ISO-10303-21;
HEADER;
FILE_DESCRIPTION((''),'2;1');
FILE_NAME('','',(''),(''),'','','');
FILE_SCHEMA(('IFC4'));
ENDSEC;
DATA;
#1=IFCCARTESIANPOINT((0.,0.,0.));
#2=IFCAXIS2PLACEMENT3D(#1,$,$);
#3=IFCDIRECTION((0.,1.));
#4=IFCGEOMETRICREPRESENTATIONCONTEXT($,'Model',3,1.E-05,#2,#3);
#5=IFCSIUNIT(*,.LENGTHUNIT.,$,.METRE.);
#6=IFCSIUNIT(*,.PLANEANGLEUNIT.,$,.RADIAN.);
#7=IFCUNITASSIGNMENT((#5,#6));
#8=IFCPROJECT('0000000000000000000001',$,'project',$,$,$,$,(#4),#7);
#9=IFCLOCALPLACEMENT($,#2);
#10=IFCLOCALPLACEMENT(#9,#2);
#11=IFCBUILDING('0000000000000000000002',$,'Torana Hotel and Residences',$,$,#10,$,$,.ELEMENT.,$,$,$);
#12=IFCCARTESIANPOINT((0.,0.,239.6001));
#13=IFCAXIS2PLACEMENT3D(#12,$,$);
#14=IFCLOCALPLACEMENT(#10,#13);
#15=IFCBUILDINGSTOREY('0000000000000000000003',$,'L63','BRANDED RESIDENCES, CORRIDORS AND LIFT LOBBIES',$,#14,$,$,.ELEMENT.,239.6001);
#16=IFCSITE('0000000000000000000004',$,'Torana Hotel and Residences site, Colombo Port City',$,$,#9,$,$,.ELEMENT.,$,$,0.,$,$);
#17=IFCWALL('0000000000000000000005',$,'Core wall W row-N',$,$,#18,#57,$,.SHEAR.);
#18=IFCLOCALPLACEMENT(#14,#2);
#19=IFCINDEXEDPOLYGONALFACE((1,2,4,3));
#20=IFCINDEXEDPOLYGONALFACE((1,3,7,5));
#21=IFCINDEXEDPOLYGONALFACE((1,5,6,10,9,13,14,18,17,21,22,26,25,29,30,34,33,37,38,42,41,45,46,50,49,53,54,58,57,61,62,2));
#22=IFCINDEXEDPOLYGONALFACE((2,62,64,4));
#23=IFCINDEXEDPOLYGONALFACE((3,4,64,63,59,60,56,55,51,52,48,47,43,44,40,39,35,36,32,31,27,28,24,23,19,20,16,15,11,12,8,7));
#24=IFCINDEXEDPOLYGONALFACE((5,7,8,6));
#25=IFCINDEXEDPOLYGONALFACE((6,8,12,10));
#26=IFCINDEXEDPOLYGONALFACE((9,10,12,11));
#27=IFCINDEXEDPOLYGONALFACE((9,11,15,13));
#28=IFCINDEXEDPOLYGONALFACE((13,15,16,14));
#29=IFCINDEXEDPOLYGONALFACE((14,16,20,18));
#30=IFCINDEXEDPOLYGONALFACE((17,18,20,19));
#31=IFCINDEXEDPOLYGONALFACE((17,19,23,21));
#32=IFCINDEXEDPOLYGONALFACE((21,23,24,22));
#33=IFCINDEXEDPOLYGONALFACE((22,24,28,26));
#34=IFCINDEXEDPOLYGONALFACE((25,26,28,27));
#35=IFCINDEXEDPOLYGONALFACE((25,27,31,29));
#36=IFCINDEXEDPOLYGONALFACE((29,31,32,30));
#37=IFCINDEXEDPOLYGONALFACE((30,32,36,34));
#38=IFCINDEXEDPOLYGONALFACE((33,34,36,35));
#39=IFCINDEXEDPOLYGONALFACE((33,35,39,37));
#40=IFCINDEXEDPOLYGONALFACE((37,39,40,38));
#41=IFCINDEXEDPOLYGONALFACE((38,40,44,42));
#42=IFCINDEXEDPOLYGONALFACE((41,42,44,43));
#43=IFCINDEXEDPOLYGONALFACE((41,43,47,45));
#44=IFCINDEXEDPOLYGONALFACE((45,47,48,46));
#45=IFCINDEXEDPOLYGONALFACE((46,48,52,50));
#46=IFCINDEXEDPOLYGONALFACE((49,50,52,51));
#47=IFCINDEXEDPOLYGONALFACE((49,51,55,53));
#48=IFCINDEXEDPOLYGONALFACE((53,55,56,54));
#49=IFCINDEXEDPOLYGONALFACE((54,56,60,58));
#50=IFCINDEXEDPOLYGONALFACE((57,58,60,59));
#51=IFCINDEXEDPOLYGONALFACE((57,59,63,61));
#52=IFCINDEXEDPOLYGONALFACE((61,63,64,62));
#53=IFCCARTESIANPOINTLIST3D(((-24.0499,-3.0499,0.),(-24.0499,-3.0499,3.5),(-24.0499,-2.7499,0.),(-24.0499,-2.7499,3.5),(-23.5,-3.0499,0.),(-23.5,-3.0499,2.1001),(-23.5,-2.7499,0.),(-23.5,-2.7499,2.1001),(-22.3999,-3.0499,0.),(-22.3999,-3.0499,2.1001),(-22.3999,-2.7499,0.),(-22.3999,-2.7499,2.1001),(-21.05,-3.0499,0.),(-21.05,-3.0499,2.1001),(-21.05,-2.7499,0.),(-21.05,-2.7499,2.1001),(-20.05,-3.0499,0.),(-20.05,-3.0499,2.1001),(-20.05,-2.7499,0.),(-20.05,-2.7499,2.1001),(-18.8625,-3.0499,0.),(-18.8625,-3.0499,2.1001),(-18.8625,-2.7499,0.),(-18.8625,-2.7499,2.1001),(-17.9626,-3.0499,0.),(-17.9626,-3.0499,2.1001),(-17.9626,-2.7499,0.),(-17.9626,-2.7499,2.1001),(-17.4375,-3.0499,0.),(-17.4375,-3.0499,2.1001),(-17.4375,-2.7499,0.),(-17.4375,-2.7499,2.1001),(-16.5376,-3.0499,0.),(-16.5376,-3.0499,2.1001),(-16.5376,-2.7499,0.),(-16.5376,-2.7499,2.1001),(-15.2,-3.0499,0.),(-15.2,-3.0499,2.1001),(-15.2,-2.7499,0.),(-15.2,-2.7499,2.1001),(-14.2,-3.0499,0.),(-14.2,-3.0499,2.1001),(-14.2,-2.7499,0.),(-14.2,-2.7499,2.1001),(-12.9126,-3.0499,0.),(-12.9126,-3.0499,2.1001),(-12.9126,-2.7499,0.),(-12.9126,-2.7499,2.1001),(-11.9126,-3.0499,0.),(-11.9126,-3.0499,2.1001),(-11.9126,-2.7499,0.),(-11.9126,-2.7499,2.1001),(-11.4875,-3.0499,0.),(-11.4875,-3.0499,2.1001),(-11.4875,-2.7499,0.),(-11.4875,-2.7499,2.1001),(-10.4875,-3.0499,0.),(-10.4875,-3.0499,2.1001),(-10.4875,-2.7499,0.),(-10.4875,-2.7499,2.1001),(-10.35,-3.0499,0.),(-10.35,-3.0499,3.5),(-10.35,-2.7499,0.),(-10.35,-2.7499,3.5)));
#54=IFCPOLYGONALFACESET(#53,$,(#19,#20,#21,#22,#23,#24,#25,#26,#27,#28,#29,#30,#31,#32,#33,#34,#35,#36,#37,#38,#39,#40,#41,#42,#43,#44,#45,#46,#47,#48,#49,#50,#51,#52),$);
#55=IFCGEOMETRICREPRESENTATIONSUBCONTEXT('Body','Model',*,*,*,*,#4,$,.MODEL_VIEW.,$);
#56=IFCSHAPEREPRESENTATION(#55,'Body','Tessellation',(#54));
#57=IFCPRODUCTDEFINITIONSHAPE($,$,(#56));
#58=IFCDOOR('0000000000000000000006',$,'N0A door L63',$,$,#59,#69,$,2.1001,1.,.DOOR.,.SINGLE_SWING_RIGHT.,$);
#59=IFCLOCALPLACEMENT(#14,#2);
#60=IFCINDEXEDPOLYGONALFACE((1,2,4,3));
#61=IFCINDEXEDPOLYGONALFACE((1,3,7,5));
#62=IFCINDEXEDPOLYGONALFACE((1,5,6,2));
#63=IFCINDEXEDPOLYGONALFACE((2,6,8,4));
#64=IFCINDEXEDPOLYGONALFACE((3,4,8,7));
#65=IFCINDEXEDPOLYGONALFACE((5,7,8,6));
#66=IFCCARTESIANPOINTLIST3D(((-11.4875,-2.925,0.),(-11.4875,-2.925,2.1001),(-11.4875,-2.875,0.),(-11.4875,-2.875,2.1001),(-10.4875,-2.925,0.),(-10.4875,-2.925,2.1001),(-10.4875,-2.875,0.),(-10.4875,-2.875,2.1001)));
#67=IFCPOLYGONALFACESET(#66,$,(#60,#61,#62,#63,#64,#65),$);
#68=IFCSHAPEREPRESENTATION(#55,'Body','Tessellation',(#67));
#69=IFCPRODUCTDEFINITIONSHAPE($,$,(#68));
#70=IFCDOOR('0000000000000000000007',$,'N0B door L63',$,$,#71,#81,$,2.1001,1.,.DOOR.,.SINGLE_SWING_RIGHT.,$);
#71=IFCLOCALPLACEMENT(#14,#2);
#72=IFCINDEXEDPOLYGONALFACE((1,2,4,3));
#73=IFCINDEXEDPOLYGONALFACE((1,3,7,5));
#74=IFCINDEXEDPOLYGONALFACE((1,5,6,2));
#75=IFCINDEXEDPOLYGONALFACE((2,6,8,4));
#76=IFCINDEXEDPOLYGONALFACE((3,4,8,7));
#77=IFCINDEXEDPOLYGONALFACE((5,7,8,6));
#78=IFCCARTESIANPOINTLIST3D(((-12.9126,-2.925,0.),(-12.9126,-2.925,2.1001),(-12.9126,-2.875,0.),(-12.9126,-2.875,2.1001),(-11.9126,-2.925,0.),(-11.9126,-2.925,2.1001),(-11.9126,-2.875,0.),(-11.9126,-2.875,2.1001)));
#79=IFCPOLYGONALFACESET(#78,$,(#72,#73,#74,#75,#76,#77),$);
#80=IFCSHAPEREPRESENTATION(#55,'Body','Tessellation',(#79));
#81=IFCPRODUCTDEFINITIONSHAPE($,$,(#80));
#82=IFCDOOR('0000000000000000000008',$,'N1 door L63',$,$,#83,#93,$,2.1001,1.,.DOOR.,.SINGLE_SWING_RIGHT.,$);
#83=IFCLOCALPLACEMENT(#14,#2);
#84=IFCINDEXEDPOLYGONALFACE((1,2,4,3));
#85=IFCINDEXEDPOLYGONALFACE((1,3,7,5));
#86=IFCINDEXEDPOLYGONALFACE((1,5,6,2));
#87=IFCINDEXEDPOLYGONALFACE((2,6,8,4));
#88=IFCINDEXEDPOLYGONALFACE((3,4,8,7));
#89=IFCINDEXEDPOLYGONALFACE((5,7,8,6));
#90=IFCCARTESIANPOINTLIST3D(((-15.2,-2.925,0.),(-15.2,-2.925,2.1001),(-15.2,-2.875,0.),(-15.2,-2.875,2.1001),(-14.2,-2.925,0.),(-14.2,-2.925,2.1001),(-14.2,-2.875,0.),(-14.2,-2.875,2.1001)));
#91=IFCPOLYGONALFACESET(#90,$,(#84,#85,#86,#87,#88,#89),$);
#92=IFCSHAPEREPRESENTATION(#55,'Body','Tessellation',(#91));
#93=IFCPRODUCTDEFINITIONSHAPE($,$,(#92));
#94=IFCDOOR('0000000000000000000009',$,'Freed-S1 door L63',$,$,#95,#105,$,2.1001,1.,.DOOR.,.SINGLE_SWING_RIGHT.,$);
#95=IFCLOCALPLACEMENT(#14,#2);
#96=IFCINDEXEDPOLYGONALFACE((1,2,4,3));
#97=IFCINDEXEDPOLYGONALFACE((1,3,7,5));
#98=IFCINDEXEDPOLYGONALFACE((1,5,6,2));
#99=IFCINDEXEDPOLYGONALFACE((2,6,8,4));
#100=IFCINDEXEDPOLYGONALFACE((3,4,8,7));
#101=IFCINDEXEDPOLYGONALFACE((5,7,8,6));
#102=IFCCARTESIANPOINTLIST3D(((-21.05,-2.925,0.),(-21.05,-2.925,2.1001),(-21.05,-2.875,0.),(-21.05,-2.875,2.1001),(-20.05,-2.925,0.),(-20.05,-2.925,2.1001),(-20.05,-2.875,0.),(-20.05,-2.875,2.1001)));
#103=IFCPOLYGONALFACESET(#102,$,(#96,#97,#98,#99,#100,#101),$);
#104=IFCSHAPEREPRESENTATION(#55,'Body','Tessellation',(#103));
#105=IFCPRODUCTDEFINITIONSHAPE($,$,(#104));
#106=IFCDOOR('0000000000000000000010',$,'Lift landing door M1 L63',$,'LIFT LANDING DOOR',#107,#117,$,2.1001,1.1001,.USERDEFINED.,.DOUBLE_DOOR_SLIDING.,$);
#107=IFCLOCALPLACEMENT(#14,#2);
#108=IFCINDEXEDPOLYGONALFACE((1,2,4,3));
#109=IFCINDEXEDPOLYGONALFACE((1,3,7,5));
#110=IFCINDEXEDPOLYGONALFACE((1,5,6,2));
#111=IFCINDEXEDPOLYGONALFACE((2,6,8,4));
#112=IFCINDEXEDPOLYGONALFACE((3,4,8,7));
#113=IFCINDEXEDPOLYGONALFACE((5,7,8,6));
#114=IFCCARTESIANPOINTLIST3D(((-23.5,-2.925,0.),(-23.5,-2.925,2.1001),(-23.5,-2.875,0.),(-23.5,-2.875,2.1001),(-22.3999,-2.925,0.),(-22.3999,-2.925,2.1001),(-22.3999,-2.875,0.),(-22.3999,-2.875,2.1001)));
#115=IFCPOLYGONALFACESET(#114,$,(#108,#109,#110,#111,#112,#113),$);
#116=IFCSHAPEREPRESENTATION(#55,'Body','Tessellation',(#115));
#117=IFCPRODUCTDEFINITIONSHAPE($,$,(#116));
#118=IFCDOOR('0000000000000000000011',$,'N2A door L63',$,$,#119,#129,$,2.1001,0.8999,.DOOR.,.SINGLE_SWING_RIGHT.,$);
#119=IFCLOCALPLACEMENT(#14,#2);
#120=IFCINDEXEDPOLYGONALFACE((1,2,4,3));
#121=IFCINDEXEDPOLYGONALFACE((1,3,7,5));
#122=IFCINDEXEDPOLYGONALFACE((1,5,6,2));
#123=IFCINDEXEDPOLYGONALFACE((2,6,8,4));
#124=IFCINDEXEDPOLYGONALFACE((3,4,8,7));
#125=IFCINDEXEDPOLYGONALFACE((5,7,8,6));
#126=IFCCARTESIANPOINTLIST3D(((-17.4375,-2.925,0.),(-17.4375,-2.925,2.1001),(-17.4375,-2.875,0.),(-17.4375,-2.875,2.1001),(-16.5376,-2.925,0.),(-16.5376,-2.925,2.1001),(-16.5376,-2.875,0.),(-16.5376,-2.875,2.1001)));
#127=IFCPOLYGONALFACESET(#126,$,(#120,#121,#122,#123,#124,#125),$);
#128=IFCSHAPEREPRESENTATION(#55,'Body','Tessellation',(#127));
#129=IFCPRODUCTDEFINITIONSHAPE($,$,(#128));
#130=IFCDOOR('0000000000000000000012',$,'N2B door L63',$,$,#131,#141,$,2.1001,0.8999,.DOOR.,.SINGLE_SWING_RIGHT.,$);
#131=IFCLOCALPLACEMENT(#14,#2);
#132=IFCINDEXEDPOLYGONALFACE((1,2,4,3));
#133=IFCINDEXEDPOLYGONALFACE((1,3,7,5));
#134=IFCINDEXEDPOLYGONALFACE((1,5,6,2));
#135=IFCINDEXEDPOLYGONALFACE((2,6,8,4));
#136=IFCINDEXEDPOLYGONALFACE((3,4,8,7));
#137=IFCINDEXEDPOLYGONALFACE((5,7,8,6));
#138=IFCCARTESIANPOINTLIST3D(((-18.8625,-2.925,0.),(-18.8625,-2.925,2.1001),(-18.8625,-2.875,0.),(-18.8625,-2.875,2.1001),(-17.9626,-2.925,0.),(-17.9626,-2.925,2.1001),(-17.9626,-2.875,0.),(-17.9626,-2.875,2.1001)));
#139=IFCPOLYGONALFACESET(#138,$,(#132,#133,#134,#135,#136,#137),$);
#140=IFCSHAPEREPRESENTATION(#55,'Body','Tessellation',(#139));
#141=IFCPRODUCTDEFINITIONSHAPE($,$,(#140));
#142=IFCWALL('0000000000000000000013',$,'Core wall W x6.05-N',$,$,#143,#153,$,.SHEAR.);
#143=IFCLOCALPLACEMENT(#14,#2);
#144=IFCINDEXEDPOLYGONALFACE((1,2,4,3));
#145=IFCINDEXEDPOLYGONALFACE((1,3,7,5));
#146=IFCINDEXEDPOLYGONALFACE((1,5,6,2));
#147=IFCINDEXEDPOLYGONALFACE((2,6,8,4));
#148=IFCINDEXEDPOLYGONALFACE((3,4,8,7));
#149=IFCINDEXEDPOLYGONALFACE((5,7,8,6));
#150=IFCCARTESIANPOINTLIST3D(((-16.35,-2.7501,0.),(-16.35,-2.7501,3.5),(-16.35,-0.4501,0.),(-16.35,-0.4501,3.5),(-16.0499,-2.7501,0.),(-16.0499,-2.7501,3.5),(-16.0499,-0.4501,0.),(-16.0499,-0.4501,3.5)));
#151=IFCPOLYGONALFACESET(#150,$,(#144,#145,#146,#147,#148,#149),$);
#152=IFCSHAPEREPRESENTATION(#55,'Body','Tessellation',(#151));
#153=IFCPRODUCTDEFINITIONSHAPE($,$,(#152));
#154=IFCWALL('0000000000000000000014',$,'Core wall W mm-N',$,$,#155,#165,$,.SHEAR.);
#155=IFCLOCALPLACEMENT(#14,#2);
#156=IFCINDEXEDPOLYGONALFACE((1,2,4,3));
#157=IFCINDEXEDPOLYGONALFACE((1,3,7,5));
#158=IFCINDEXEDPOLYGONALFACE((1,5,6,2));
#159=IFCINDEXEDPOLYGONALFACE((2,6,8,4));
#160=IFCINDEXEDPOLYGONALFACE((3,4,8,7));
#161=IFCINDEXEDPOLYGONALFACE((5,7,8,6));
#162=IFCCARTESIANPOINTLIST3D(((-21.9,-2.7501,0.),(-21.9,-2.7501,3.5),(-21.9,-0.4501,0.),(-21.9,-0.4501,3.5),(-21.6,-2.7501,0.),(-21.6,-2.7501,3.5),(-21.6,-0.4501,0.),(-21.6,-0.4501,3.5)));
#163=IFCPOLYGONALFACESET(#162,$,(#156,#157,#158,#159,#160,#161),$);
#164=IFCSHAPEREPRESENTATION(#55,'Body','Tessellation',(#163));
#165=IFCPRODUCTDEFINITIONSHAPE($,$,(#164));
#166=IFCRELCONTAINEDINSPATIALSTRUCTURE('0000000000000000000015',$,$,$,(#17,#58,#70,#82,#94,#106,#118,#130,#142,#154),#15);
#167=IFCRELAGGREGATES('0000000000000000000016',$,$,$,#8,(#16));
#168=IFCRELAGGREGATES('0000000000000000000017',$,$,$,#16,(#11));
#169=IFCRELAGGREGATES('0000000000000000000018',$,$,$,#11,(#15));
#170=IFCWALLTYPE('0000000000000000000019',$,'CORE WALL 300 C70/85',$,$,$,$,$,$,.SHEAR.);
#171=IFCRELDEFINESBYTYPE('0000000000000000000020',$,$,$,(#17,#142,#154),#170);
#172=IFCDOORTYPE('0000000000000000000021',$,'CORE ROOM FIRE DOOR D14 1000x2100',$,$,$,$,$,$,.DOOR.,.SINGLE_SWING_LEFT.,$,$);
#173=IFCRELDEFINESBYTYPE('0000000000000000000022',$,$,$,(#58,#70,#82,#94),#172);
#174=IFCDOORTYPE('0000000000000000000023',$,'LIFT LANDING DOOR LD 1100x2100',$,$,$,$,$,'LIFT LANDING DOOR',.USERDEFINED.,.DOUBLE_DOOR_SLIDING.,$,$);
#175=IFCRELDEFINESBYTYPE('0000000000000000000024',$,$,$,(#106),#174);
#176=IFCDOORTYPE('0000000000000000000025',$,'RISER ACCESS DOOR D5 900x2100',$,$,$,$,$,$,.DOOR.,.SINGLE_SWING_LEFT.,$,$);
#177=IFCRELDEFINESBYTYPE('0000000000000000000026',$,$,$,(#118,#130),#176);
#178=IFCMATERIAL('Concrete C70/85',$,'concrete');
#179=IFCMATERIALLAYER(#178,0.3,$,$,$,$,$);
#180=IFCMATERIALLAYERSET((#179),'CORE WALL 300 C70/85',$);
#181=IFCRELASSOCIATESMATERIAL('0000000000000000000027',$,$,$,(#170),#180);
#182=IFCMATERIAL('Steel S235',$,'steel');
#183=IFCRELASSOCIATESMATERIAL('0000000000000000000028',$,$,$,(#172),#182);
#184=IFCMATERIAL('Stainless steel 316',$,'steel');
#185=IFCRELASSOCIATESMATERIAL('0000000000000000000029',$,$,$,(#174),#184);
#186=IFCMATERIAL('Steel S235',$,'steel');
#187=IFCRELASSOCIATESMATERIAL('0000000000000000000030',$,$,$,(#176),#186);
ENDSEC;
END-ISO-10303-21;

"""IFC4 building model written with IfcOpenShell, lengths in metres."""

from ifc_helpers import new_model, si_unit, direction, frame, frame_2d, origin, place, context, subcontext, project, spatial, rectangle, extrude, material, layer, layer_set, type_object, element, fill, save


model = new_model("IFC4")

# Units and contexts
model_context = context("Model", 3, precision=1e-05, world=origin(), true_north=direction((0.0, 1.0)))
body_context = subcontext(model_context, "Body", "Model", "MODEL_VIEW")
ifc_project = project(units=[si_unit("LENGTHUNIT", "METRE"), si_unit("PLANEANGLEUNIT", "RADIAN")], contexts=[model_context])

# Site, building, storey
site_placement = place(None, origin())
site = spatial("IfcSite", under=ifc_project, at=site_placement, Name="Torana Hotel and Residences site, Colombo Port City", CompositionType="ELEMENT", RefElevation=0.0)
building_placement = place(site_placement, origin())
building = spatial("IfcBuilding", under=site, at=building_placement, Name="Torana Hotel and Residences", CompositionType="ELEMENT")
storey_placement = place(building_placement, frame((0.0, 0.0, 239.6001)))
storey = spatial("IfcBuildingStorey", under=building, at=storey_placement, Name="L63", Description="BRANDED RESIDENCES, CORRIDORS AND LIFT LOBBIES", CompositionType="ELEMENT", Elevation=239.6001)

# Wall, openings, doors
ifc_material_1 = material(Name="Concrete C70/85", Category="concrete")
ifc_layer_1 = layer(ifc_material_1, 0.3)
ifc_layer_set_1 = layer_set([ifc_layer_1], Name="CORE WALL 300 C70/85")
wall_type_1 = type_object("IfcWallType", Name="CORE WALL 300 C70/85", PredefinedType="SHEAR", material=ifc_layer_set_1)
wall_1_placement = place(storey_placement, frame((-24.05, -2.8999, 0.0), z_axis=(0.0, 0.0, 1.0), x_axis=(1.0, 0.0, 0.0)))
wall_1 = element("IfcWall", 1, at=wall_1_placement, inside=storey, type_object=wall_type_1, Name="Core wall W row-N", PredefinedType="SHEAR", context=body_context, shape_type="SweptSolid", body=[
    extrude(rectangle(XDim=13.7, YDim=0.3, at=frame_2d((6.8501, 0.0))), origin(), (0.0, 0.0, 1.0), 3.5),
])
opening_1_placement = place(wall_1_placement, frame((0.55, 0.0, 0.0)))
opening_1 = element("IfcOpeningElement", 2, at=opening_1_placement, cuts=wall_1, PredefinedType="OPENING", context=body_context, shape_type="SweptSolid", body=[
    extrude(rectangle(XDim=1.1001, YDim=2.1001, at=frame_2d((0.55, 1.05))), frame((0.0, 0.1599, 0.0), z_axis=(0.0, -1.0, 0.0), x_axis=(1.0, 0.0, 0.0)), (0.0, 0.0, 1.0), 0.3201),
])
opening_2_placement = place(wall_1_placement, frame((6.6125, 0.0, 0.0)))
opening_2 = element("IfcOpeningElement", 3, at=opening_2_placement, cuts=wall_1, PredefinedType="OPENING", context=body_context, shape_type="SweptSolid", body=[
    extrude(rectangle(XDim=0.8999, YDim=2.1001, at=frame_2d((0.45, 1.05))), frame((0.0, 0.1599, 0.0), z_axis=(0.0, -1.0, 0.0), x_axis=(1.0, 0.0, 0.0)), (0.0, 0.0, 1.0), 0.3201),
])
opening_3_placement = place(wall_1_placement, frame((5.1875, 0.0, 0.0)))
opening_3 = element("IfcOpeningElement", 4, at=opening_3_placement, cuts=wall_1, PredefinedType="OPENING", context=body_context, shape_type="SweptSolid", body=[
    extrude(rectangle(XDim=0.8999, YDim=2.1001, at=frame_2d((0.45, 1.05))), frame((0.0, 0.1599, 0.0), z_axis=(0.0, -1.0, 0.0), x_axis=(1.0, 0.0, 0.0)), (0.0, 0.0, 1.0), 0.3201),
])
opening_4_placement = place(wall_1_placement, frame((12.5625, 0.0, 0.0)))
opening_4 = element("IfcOpeningElement", 5, at=opening_4_placement, cuts=wall_1, PredefinedType="OPENING", context=body_context, shape_type="SweptSolid", body=[
    extrude(rectangle(XDim=1.0, YDim=2.1001, at=frame_2d((0.5, 1.05))), frame((0.0, 0.1599, 0.0), z_axis=(0.0, -1.0, 0.0), x_axis=(1.0, 0.0, 0.0)), (0.0, 0.0, 1.0), 0.3201),
])
opening_5_placement = place(wall_1_placement, frame((11.1375, 0.0, 0.0)))
opening_5 = element("IfcOpeningElement", 6, at=opening_5_placement, cuts=wall_1, PredefinedType="OPENING", context=body_context, shape_type="SweptSolid", body=[
    extrude(rectangle(XDim=1.0, YDim=2.1001, at=frame_2d((0.5, 1.05))), frame((0.0, 0.1599, 0.0), z_axis=(0.0, -1.0, 0.0), x_axis=(1.0, 0.0, 0.0)), (0.0, 0.0, 1.0), 0.3201),
])
opening_6_placement = place(wall_1_placement, frame((8.8501, 0.0, 0.0)))
opening_6 = element("IfcOpeningElement", 7, at=opening_6_placement, cuts=wall_1, PredefinedType="OPENING", context=body_context, shape_type="SweptSolid", body=[
    extrude(rectangle(XDim=1.0, YDim=2.1001, at=frame_2d((0.5, 1.05))), frame((0.0, 0.1599, 0.0), z_axis=(0.0, -1.0, 0.0), x_axis=(1.0, 0.0, 0.0)), (0.0, 0.0, 1.0), 0.3201),
])
opening_7_placement = place(wall_1_placement, frame((3.0, 0.0, 0.0)))
opening_7 = element("IfcOpeningElement", 8, at=opening_7_placement, cuts=wall_1, PredefinedType="OPENING", context=body_context, shape_type="SweptSolid", body=[
    extrude(rectangle(XDim=1.0, YDim=2.1001, at=frame_2d((0.5, 1.05))), frame((0.0, 0.1599, 0.0), z_axis=(0.0, -1.0, 0.0), x_axis=(1.0, 0.0, 0.0)), (0.0, 0.0, 1.0), 0.3201),
])
ifc_material_2 = material(Name="Steel S235", Category="steel")
door_type_1 = type_object("IfcDoorType", Name="CORE ROOM FIRE DOOR D14 1000x2100", OperationType="SINGLE_SWING_LEFT", PredefinedType="DOOR", material=ifc_material_2)
door_1_placement = place(opening_4_placement, origin())
door_1 = element("IfcDoor", 9, at=door_1_placement, inside=storey, type_object=door_type_1, Name="N0A door L63", OperationType="SINGLE_SWING_RIGHT", OverallHeight=2.1001, OverallWidth=1.0, PredefinedType="DOOR", context=body_context, shape_type="SweptSolid", body=[
    extrude(rectangle(XDim=1.0, YDim=2.1001, at=frame_2d((0.5, 1.05))), frame((0.0, 0.0249, 0.0), z_axis=(0.0, -1.0, 0.0), x_axis=(1.0, 0.0, 0.0)), (0.0, 0.0, 1.0), 0.05),
])
fill(opening_4, door_1)
door_2_placement = place(opening_5_placement, origin())
door_2 = element("IfcDoor", 10, at=door_2_placement, inside=storey, type_object=door_type_1, Name="N0B door L63", OperationType="SINGLE_SWING_RIGHT", OverallHeight=2.1001, OverallWidth=1.0, PredefinedType="DOOR", context=body_context, shape_type="SweptSolid", body=[
    extrude(rectangle(XDim=1.0, YDim=2.1001, at=frame_2d((0.5, 1.05))), frame((0.0, 0.0249, 0.0), z_axis=(0.0, -1.0, 0.0), x_axis=(1.0, 0.0, 0.0)), (0.0, 0.0, 1.0), 0.05),
])
fill(opening_5, door_2)
door_3_placement = place(opening_6_placement, origin())
door_3 = element("IfcDoor", 11, at=door_3_placement, inside=storey, type_object=door_type_1, Name="N1 door L63", OperationType="SINGLE_SWING_RIGHT", OverallHeight=2.1001, OverallWidth=1.0, PredefinedType="DOOR", context=body_context, shape_type="SweptSolid", body=[
    extrude(rectangle(XDim=1.0, YDim=2.1001, at=frame_2d((0.5, 1.05))), frame((0.0, 0.0249, 0.0), z_axis=(0.0, -1.0, 0.0), x_axis=(1.0, 0.0, 0.0)), (0.0, 0.0, 1.0), 0.05),
])
fill(opening_6, door_3)
door_4_placement = place(opening_7_placement, origin())
door_4 = element("IfcDoor", 12, at=door_4_placement, inside=storey, type_object=door_type_1, Name="Freed-S1 door L63", OperationType="SINGLE_SWING_RIGHT", OverallHeight=2.1001, OverallWidth=1.0, PredefinedType="DOOR", context=body_context, shape_type="SweptSolid", body=[
    extrude(rectangle(XDim=1.0, YDim=2.1001, at=frame_2d((0.5, 1.05))), frame((0.0, 0.0249, 0.0), z_axis=(0.0, -1.0, 0.0), x_axis=(1.0, 0.0, 0.0)), (0.0, 0.0, 1.0), 0.05),
])
fill(opening_7, door_4)
ifc_material_3 = material(Name="Stainless steel 316", Category="steel")
door_type_2 = type_object("IfcDoorType", Name="LIFT LANDING DOOR LD 1100x2100", ElementType="LIFT LANDING DOOR", OperationType="DOUBLE_DOOR_SLIDING", PredefinedType="USERDEFINED", material=ifc_material_3)
door_5_placement = place(opening_1_placement, origin())
door_5 = element("IfcDoor", 13, at=door_5_placement, inside=storey, type_object=door_type_2, Name="Lift landing door M1 L63", ObjectType="LIFT LANDING DOOR", OperationType="DOUBLE_DOOR_SLIDING", OverallHeight=2.1001, OverallWidth=1.1001, PredefinedType="USERDEFINED", context=body_context, shape_type="SweptSolid", body=[
    extrude(rectangle(XDim=1.1001, YDim=2.1001, at=frame_2d((0.55, 1.05))), frame((0.0, 0.0249, 0.0), z_axis=(0.0, -1.0, 0.0), x_axis=(1.0, 0.0, 0.0)), (0.0, 0.0, 1.0), 0.05),
])
fill(opening_1, door_5)
ifc_material_4 = material(Name="Steel S235", Category="steel")
door_type_3 = type_object("IfcDoorType", Name="RISER ACCESS DOOR D5 900x2100", OperationType="SINGLE_SWING_LEFT", PredefinedType="DOOR", material=ifc_material_4)
door_6_placement = place(opening_2_placement, origin())
door_6 = element("IfcDoor", 14, at=door_6_placement, inside=storey, type_object=door_type_3, Name="N2A door L63", OperationType="SINGLE_SWING_RIGHT", OverallHeight=2.1001, OverallWidth=0.8999, PredefinedType="DOOR", context=body_context, shape_type="SweptSolid", body=[
    extrude(rectangle(XDim=0.8999, YDim=2.1001, at=frame_2d((0.45, 1.05))), frame((0.0, 0.0249, 0.0), z_axis=(0.0, -1.0, 0.0), x_axis=(1.0, 0.0, 0.0)), (0.0, 0.0, 1.0), 0.05),
])
fill(opening_2, door_6)
door_7_placement = place(opening_3_placement, origin())
door_7 = element("IfcDoor", 15, at=door_7_placement, inside=storey, type_object=door_type_3, Name="N2B door L63", OperationType="SINGLE_SWING_RIGHT", OverallHeight=2.1001, OverallWidth=0.8999, PredefinedType="DOOR", context=body_context, shape_type="SweptSolid", body=[
    extrude(rectangle(XDim=0.8999, YDim=2.1001, at=frame_2d((0.45, 1.05))), frame((0.0, 0.0249, 0.0), z_axis=(0.0, -1.0, 0.0), x_axis=(1.0, 0.0, 0.0)), (0.0, 0.0, 1.0), 0.05),
])
fill(opening_3, door_7)

# Walls
for number, where, z_axis, x_axis, name in (
    (16, (-16.2, -2.75, 0.0), (0.0, 0.0, 1.0), (0.0, 1.0, 0.0), "Core wall W x6.05-N"),
    (17, (-21.75, -2.75, 0.0), (0.0, 0.0, 1.0), (0.0, 1.0, 0.0), "Core wall W mm-N"),
):
    element("IfcWall", number, at=place(storey_placement, frame(where, z_axis=z_axis, x_axis=x_axis)), inside=storey, type_object=wall_type_1, Name=name, PredefinedType="SHEAR", context=body_context, shape_type="SweptSolid", body=[
        extrude(rectangle(XDim=2.3, YDim=0.3, at=frame_2d((1.1499, 0.0))), origin(), (0.0, 0.0, 1.0), 3.5),
    ])

save(model, "model.ifc")
